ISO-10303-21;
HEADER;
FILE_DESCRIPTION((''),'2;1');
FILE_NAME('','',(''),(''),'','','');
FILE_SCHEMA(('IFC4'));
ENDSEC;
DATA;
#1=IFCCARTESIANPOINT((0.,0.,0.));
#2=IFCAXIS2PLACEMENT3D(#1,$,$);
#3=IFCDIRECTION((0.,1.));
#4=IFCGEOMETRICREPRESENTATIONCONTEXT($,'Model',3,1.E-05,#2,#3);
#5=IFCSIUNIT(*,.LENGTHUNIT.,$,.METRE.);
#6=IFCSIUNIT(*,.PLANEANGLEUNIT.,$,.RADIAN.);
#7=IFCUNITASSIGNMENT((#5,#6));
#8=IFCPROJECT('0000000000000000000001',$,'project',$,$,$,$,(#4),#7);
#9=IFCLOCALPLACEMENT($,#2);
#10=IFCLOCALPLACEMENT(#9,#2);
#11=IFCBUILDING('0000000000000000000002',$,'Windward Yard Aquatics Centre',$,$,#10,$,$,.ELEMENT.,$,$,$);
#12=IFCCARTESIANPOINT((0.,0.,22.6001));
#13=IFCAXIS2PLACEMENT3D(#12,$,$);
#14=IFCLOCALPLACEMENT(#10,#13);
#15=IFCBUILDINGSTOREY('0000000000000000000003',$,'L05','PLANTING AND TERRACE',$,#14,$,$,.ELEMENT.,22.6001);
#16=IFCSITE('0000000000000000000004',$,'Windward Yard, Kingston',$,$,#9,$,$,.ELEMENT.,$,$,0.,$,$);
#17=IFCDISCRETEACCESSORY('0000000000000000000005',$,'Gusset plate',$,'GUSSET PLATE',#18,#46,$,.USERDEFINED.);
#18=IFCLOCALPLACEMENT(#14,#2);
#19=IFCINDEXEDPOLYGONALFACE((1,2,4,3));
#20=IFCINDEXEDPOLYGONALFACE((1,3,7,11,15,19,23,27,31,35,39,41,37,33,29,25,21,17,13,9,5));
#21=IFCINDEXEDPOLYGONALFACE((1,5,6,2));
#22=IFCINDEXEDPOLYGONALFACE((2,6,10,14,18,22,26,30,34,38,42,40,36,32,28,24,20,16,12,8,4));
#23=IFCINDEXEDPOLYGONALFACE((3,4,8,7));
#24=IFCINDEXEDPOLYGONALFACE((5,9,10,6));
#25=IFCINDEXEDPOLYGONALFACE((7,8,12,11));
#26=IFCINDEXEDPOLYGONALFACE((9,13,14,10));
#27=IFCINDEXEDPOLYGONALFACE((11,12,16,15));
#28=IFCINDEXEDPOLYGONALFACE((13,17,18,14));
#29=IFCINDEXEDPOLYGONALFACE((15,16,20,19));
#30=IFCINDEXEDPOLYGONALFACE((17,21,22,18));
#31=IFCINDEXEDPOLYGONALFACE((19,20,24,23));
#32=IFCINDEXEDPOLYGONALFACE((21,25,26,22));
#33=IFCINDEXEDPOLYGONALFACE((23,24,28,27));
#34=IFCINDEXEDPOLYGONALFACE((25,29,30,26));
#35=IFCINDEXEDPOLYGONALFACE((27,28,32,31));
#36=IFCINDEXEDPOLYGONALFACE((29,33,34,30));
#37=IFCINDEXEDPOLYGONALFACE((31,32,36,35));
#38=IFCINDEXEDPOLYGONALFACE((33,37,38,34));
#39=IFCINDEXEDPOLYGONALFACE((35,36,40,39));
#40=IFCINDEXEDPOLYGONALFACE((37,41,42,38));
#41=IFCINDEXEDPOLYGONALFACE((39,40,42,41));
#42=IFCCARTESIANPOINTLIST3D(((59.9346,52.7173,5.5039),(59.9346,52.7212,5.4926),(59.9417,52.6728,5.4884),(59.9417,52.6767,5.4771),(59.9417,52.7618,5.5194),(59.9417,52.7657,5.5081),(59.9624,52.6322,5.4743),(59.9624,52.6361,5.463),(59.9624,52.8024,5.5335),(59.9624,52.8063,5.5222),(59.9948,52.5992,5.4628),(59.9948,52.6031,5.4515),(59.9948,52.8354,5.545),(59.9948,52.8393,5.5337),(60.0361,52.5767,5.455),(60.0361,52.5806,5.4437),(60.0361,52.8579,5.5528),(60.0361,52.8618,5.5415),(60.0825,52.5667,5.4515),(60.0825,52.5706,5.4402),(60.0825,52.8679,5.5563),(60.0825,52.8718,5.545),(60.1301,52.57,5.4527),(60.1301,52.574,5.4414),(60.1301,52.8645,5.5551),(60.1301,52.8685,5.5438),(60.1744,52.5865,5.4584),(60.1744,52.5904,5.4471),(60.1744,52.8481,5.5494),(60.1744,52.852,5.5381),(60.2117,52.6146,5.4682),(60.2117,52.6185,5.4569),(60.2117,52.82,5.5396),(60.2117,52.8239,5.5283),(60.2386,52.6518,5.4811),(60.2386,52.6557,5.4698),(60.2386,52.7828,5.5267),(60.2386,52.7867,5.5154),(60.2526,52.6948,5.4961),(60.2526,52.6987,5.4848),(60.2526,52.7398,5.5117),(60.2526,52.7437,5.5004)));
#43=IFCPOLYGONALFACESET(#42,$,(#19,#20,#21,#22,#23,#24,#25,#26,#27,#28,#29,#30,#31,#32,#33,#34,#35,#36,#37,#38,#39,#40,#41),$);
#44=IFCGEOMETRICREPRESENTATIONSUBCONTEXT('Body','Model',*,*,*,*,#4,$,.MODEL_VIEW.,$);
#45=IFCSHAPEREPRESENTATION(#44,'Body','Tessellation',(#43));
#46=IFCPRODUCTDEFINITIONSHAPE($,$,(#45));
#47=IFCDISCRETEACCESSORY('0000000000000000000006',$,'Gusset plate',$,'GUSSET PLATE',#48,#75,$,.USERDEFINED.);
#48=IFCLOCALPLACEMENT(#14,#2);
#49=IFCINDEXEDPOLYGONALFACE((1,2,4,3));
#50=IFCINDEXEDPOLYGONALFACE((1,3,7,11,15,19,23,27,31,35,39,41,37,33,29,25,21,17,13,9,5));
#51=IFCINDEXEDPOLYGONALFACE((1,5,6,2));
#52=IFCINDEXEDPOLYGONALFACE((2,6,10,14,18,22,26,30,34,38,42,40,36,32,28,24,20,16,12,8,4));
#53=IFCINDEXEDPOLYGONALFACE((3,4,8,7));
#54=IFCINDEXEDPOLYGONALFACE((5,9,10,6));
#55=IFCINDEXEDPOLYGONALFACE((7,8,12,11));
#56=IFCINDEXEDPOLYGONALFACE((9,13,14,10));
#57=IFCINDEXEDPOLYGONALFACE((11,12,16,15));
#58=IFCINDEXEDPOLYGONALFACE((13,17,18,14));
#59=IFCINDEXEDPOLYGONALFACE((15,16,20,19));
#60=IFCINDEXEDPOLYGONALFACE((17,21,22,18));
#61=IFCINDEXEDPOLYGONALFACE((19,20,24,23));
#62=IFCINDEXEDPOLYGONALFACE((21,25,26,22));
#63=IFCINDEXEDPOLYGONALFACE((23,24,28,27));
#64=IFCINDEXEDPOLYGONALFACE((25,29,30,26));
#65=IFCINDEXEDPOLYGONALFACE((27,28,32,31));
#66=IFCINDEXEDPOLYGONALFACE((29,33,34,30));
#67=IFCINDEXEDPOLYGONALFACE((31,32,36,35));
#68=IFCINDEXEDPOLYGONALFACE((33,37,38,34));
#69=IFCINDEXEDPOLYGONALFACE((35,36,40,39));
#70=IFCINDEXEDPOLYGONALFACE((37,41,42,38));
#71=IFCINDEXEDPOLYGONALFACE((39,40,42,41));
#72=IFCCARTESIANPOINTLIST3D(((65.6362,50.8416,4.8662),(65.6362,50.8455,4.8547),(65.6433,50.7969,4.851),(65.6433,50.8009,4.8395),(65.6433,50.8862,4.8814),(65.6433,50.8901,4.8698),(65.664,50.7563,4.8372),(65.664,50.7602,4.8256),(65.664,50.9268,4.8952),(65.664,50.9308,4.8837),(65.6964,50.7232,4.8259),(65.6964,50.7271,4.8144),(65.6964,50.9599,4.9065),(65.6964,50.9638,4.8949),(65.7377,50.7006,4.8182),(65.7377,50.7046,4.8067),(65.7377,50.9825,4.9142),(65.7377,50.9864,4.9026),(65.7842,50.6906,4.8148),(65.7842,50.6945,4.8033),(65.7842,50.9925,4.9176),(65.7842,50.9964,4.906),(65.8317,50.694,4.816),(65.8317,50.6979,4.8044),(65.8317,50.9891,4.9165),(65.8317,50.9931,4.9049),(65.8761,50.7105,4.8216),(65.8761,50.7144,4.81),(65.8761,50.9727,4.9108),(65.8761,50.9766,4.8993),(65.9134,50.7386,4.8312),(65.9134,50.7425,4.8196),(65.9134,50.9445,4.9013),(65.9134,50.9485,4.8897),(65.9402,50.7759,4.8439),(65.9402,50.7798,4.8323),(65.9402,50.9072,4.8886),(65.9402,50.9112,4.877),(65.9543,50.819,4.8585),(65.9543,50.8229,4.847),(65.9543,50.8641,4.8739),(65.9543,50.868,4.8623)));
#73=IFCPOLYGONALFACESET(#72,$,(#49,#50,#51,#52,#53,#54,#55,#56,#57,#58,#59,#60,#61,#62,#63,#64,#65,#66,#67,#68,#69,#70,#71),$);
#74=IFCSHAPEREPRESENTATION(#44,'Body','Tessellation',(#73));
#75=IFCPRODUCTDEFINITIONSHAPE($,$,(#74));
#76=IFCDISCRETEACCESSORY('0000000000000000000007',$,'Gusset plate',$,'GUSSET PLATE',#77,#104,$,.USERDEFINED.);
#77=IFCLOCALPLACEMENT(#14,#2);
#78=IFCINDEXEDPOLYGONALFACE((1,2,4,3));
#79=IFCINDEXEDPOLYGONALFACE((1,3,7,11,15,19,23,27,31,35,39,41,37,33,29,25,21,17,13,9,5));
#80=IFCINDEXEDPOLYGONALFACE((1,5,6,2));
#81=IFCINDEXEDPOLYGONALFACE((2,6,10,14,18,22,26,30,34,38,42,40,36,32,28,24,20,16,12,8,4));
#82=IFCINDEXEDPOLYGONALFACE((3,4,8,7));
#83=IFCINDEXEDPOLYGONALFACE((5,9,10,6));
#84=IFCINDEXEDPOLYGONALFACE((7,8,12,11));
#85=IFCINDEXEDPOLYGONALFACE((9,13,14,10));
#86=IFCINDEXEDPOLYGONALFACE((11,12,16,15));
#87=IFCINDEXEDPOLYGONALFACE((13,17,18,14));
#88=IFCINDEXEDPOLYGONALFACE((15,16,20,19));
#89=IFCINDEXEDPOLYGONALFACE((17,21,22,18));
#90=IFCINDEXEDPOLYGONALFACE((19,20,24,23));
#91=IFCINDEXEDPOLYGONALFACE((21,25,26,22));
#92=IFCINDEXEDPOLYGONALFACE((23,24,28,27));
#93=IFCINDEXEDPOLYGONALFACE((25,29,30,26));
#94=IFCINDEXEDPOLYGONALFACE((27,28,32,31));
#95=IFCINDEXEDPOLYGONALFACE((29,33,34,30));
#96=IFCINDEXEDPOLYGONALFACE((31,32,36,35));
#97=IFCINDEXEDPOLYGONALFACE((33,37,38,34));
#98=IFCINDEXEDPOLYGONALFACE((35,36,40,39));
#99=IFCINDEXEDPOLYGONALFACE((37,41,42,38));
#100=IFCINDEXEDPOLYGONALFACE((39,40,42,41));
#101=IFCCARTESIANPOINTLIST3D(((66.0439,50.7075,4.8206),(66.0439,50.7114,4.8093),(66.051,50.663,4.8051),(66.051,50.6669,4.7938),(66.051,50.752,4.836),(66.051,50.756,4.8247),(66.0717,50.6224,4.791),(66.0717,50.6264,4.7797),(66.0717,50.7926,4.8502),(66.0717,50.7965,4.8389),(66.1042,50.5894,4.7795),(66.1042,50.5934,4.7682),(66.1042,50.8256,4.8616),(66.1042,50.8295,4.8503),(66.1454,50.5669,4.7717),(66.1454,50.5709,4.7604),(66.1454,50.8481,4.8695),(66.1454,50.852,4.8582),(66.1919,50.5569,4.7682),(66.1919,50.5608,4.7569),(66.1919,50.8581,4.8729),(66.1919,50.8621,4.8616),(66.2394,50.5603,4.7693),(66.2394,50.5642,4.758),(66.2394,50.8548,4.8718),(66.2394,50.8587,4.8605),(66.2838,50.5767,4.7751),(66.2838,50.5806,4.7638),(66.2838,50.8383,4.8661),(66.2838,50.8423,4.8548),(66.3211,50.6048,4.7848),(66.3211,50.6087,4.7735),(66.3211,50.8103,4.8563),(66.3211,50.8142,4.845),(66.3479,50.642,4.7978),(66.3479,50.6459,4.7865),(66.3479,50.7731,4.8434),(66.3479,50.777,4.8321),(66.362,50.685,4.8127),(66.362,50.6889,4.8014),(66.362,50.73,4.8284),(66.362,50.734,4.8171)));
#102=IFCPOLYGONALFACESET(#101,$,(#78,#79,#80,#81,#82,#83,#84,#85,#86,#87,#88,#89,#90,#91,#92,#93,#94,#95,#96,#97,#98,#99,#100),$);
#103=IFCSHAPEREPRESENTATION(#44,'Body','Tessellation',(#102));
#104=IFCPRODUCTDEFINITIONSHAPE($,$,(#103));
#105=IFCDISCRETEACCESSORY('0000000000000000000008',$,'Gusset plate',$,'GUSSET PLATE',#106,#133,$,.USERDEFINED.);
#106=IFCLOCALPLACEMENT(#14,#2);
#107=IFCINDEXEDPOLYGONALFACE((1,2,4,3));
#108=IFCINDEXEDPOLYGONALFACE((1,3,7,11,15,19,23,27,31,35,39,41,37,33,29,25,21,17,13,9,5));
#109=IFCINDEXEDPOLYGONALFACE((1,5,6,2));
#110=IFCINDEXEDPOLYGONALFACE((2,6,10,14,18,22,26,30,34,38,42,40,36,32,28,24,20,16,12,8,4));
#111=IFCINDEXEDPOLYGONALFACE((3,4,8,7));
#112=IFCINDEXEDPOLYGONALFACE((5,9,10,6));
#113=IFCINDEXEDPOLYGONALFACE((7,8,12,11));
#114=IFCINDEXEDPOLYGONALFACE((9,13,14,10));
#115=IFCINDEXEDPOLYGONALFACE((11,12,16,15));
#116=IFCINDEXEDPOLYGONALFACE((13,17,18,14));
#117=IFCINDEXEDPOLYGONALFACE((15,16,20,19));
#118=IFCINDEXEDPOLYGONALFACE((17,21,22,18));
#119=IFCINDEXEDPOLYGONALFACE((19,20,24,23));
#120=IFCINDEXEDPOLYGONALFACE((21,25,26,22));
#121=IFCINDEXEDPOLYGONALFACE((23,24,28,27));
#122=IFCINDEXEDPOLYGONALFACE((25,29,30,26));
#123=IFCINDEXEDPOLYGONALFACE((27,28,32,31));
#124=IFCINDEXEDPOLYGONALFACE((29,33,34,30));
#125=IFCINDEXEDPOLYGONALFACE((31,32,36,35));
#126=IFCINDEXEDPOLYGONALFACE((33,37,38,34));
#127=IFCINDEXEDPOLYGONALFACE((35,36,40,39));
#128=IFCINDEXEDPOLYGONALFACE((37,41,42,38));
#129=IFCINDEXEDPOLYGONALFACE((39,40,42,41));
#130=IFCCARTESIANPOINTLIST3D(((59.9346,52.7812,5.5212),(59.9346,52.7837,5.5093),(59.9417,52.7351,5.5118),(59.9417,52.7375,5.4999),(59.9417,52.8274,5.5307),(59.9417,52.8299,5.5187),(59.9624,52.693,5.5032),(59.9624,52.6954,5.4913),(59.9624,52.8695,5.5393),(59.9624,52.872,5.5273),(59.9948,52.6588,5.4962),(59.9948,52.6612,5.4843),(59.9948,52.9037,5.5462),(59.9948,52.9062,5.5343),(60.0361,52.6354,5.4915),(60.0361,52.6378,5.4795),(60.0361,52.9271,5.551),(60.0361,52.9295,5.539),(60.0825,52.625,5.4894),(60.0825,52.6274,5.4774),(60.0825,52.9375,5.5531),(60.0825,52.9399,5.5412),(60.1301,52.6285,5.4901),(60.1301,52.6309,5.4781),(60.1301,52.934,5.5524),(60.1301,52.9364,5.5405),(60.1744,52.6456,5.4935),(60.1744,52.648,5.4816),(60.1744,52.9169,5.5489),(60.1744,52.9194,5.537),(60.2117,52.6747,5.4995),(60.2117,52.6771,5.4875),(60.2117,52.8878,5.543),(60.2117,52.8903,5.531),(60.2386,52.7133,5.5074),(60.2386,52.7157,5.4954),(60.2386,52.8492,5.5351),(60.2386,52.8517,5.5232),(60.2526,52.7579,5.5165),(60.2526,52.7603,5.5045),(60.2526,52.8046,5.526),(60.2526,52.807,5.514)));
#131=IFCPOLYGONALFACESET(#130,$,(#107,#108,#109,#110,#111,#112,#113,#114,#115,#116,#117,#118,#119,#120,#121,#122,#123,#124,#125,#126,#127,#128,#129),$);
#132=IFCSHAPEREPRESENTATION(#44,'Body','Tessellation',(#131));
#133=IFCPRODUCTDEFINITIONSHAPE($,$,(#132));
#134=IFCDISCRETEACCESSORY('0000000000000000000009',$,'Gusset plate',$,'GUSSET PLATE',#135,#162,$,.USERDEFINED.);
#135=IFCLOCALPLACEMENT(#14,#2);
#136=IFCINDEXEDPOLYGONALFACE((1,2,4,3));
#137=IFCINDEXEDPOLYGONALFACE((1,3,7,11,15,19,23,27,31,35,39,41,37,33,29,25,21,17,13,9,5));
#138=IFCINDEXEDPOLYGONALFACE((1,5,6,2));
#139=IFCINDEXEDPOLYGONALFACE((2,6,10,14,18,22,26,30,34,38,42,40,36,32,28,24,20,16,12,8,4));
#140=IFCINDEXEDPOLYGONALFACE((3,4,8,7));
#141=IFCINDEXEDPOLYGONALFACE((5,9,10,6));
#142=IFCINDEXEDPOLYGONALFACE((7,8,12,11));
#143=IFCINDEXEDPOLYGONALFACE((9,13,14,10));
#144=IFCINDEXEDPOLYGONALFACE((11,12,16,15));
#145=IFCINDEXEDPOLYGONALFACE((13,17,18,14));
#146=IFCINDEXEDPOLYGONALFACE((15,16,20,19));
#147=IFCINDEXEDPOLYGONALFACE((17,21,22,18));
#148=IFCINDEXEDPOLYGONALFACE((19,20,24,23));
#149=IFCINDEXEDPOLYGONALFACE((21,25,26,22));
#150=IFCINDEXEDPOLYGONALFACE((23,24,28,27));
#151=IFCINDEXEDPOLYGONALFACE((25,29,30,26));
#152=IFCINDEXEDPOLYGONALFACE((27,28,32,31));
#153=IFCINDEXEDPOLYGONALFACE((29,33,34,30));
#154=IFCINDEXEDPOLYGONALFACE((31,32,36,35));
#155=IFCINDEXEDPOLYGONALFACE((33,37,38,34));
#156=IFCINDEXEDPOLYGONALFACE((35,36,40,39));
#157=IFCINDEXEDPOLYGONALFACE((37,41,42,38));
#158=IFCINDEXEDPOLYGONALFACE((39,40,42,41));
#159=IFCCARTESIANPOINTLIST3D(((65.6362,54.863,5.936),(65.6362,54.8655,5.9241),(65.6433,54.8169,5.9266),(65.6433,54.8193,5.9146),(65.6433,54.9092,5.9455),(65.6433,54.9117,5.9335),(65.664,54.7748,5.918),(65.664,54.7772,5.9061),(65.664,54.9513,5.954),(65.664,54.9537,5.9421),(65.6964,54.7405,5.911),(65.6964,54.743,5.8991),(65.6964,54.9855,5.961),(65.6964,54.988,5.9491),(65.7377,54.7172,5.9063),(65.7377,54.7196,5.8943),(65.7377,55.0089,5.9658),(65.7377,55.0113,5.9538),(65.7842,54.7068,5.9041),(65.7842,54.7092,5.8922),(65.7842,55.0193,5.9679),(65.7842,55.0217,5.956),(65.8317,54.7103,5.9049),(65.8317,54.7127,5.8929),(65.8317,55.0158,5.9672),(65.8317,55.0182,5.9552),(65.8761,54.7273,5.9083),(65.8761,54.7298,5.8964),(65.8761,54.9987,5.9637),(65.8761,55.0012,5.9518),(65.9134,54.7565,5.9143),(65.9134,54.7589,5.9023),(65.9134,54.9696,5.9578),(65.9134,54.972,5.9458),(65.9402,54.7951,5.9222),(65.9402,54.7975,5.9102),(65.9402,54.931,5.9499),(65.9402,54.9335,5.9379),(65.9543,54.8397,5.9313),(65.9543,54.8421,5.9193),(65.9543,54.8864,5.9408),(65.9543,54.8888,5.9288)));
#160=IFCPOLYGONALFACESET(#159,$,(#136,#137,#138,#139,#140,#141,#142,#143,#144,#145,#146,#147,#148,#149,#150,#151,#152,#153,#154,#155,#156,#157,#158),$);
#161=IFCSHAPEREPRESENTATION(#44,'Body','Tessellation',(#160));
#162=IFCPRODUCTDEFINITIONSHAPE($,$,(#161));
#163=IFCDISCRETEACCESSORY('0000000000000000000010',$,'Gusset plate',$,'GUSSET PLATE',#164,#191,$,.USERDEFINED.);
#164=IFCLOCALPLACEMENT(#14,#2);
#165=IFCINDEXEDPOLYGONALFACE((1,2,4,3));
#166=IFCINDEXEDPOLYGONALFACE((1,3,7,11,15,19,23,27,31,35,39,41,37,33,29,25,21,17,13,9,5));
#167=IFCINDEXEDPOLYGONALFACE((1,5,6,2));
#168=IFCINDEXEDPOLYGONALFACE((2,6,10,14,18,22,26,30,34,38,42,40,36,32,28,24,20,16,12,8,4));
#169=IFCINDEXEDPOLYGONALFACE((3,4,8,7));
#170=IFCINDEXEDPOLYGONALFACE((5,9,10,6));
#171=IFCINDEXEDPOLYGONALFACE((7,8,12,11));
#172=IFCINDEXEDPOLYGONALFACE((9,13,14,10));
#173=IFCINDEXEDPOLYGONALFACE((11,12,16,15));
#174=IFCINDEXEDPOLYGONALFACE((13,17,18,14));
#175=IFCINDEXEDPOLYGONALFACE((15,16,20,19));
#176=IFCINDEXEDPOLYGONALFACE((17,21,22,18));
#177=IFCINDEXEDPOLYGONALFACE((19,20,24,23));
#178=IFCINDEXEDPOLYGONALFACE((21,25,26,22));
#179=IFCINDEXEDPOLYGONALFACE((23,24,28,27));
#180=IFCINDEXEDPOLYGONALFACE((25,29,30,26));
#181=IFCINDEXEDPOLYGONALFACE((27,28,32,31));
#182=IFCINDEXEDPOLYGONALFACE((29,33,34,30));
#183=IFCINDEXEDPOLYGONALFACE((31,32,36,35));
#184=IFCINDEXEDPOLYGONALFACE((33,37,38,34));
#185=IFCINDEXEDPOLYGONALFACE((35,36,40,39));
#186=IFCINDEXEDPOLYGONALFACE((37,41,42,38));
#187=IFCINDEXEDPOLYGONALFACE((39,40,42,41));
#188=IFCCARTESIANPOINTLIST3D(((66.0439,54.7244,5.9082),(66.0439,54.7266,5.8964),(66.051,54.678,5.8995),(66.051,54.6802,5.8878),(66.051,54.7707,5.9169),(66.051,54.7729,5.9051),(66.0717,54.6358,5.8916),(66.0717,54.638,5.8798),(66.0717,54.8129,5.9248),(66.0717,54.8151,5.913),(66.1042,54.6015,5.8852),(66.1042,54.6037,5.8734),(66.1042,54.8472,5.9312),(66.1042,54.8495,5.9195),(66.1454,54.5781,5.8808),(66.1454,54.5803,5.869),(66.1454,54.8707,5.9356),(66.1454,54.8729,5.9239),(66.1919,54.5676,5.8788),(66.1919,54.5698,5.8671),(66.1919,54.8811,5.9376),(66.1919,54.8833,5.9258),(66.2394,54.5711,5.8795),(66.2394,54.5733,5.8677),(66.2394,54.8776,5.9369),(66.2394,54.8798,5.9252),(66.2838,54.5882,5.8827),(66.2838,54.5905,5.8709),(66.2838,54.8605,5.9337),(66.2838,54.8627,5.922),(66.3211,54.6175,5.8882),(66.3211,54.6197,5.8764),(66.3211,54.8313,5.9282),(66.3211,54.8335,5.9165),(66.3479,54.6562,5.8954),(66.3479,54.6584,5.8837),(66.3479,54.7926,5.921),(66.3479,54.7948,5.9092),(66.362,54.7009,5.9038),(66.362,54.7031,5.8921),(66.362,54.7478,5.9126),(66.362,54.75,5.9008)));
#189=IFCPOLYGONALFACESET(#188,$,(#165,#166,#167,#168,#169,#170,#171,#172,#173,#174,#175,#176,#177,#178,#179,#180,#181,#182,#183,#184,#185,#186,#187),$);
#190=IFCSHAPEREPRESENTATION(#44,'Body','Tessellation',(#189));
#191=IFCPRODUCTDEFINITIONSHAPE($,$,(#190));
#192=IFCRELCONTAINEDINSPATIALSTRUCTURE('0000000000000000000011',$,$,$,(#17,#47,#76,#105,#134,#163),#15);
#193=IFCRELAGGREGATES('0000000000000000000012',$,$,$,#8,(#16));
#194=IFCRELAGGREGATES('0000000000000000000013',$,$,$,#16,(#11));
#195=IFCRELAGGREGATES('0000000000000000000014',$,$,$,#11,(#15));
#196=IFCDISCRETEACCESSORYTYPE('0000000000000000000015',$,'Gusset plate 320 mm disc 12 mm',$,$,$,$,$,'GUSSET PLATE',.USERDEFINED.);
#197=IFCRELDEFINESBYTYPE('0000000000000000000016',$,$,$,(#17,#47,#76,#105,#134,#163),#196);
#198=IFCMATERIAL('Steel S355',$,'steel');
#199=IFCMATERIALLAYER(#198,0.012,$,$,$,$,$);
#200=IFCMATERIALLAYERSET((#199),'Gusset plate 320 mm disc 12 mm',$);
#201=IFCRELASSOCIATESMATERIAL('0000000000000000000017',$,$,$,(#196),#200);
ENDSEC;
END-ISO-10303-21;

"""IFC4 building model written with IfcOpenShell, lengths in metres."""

from ifc_helpers import new_model, si_unit, direction, frame, origin, origin_2d, place, context, subcontext, project, spatial, circle, extrude, material, layer, layer_set, type_object, element, save


model = new_model("IFC4")

# Units and contexts
model_context = context("Model", 3, precision=1e-05, world=origin(), true_north=direction((0.0, 1.0)))
body_context = subcontext(model_context, "Body", "Model", "MODEL_VIEW")
ifc_project = project(units=[si_unit("LENGTHUNIT", "METRE"), si_unit("PLANEANGLEUNIT", "RADIAN")], contexts=[model_context])

# Site, building, storey
site_placement = place(None, origin())
site = spatial("IfcSite", under=ifc_project, at=site_placement, Name="Windward Yard, Kingston", CompositionType="ELEMENT", RefElevation=0.0)
building_placement = place(site_placement, origin())
building = spatial("IfcBuilding", under=site, at=building_placement, Name="Windward Yard Aquatics Centre", CompositionType="ELEMENT")
storey_placement = place(building_placement, frame((0.0, 0.0, 22.6001)))
storey = spatial("IfcBuildingStorey", under=building, at=storey_placement, Name="L05", Description="PLANTING AND TERRACE", CompositionType="ELEMENT", Elevation=22.6001)

# Discrete accessories
ifc_material_1 = material(Name="Steel S355", Category="steel")
ifc_layer = layer(ifc_material_1, 0.012)
ifc_layer_set = layer_set([ifc_layer], Name="Gusset plate 320 mm disc 12 mm")
discrete_accessory_type = type_object("IfcDiscreteAccessoryType", Name="Gusset plate 320 mm disc 12 mm", ElementType="GUSSET PLATE", PredefinedType="USERDEFINED", material=ifc_layer_set)
for number, where, z_axis, x_axis, name in (
    (1, (60.0945, 52.7173, 5.5039), (0.0, 0.328521, -0.944497), (-1.0, 0.0, 0.0), "Gusset plate"),
):
    element("IfcDiscreteAccessory", number, at=place(storey_placement, frame(where, z_axis=z_axis, x_axis=x_axis)), inside=storey, type_object=discrete_accessory_type, Name=name, ObjectType="GUSSET PLATE", PredefinedType="USERDEFINED", context=body_context, shape_type="SweptSolid", body=[
        extrude(circle(Radius=0.1599, at=origin_2d()), origin(), (0.0, 0.0, 1.0), 0.012),
    ])
discrete_accessory_1_placement = place(storey_placement, frame((65.7961, 50.8416, 4.8662), z_axis=(0.0, 0.322264, -0.94665), x_axis=(-1.0, 0.0, 0.0)))
element("IfcDiscreteAccessory", 2, at=discrete_accessory_1_placement, inside=storey, type_object=discrete_accessory_type, Name="Gusset plate", ObjectType="GUSSET PLATE", PredefinedType="USERDEFINED", context=body_context, shape_type="SweptSolid", body=[
    extrude(circle(Radius=0.1599, at=origin_2d()), origin(), (0.0, 0.0, 1.0), 0.0122),
])
discrete_accessory_2_placement = place(storey_placement, frame((66.2039, 50.7075, 4.8206), z_axis=(0.0, 0.328521, -0.944497), x_axis=(-1.0, 0.0, 0.0)))
element("IfcDiscreteAccessory", 3, at=discrete_accessory_2_placement, inside=storey, type_object=discrete_accessory_type, Name="Gusset plate", ObjectType="GUSSET PLATE", PredefinedType="USERDEFINED", context=body_context, shape_type="SweptSolid", body=[
    extrude(circle(Radius=0.1599, at=origin_2d()), origin(), (0.0, 0.0, 1.0), 0.012),
])
for number, where, z_axis, x_axis, name in (
    (4, (60.0945, 52.7812, 5.5212), (0.0, 0.19996, -0.979804), (-1.0, 0.0, 0.0), "Gusset plate"),
    (5, (65.7961, 54.863, 5.936), (0.0, 0.19996, -0.979804), (-1.0, 0.0, 0.0), "Gusset plate"),
):
    element("IfcDiscreteAccessory", number, at=place(storey_placement, frame(where, z_axis=z_axis, x_axis=x_axis)), inside=storey, type_object=discrete_accessory_type, Name=name, ObjectType="GUSSET PLATE", PredefinedType="USERDEFINED", context=body_context, shape_type="SweptSolid", body=[
        extrude(circle(Radius=0.1599, at=origin_2d()), origin(), (0.0, 0.0, 1.0), 0.0122),
    ])
discrete_accessory_3_placement = place(storey_placement, frame((66.2039, 54.7244, 5.9082), z_axis=(0.0, 0.184289, -0.982872), x_axis=(-1.0, 0.0, 0.0)))
element("IfcDiscreteAccessory", 6, at=discrete_accessory_3_placement, inside=storey, type_object=discrete_accessory_type, Name="Gusset plate", ObjectType="GUSSET PLATE", PredefinedType="USERDEFINED", context=body_context, shape_type="SweptSolid", body=[
    extrude(circle(Radius=0.1599, at=origin_2d()), origin(), (0.0, 0.0, 1.0), 0.012),
])

save(model, "model.ifc")
